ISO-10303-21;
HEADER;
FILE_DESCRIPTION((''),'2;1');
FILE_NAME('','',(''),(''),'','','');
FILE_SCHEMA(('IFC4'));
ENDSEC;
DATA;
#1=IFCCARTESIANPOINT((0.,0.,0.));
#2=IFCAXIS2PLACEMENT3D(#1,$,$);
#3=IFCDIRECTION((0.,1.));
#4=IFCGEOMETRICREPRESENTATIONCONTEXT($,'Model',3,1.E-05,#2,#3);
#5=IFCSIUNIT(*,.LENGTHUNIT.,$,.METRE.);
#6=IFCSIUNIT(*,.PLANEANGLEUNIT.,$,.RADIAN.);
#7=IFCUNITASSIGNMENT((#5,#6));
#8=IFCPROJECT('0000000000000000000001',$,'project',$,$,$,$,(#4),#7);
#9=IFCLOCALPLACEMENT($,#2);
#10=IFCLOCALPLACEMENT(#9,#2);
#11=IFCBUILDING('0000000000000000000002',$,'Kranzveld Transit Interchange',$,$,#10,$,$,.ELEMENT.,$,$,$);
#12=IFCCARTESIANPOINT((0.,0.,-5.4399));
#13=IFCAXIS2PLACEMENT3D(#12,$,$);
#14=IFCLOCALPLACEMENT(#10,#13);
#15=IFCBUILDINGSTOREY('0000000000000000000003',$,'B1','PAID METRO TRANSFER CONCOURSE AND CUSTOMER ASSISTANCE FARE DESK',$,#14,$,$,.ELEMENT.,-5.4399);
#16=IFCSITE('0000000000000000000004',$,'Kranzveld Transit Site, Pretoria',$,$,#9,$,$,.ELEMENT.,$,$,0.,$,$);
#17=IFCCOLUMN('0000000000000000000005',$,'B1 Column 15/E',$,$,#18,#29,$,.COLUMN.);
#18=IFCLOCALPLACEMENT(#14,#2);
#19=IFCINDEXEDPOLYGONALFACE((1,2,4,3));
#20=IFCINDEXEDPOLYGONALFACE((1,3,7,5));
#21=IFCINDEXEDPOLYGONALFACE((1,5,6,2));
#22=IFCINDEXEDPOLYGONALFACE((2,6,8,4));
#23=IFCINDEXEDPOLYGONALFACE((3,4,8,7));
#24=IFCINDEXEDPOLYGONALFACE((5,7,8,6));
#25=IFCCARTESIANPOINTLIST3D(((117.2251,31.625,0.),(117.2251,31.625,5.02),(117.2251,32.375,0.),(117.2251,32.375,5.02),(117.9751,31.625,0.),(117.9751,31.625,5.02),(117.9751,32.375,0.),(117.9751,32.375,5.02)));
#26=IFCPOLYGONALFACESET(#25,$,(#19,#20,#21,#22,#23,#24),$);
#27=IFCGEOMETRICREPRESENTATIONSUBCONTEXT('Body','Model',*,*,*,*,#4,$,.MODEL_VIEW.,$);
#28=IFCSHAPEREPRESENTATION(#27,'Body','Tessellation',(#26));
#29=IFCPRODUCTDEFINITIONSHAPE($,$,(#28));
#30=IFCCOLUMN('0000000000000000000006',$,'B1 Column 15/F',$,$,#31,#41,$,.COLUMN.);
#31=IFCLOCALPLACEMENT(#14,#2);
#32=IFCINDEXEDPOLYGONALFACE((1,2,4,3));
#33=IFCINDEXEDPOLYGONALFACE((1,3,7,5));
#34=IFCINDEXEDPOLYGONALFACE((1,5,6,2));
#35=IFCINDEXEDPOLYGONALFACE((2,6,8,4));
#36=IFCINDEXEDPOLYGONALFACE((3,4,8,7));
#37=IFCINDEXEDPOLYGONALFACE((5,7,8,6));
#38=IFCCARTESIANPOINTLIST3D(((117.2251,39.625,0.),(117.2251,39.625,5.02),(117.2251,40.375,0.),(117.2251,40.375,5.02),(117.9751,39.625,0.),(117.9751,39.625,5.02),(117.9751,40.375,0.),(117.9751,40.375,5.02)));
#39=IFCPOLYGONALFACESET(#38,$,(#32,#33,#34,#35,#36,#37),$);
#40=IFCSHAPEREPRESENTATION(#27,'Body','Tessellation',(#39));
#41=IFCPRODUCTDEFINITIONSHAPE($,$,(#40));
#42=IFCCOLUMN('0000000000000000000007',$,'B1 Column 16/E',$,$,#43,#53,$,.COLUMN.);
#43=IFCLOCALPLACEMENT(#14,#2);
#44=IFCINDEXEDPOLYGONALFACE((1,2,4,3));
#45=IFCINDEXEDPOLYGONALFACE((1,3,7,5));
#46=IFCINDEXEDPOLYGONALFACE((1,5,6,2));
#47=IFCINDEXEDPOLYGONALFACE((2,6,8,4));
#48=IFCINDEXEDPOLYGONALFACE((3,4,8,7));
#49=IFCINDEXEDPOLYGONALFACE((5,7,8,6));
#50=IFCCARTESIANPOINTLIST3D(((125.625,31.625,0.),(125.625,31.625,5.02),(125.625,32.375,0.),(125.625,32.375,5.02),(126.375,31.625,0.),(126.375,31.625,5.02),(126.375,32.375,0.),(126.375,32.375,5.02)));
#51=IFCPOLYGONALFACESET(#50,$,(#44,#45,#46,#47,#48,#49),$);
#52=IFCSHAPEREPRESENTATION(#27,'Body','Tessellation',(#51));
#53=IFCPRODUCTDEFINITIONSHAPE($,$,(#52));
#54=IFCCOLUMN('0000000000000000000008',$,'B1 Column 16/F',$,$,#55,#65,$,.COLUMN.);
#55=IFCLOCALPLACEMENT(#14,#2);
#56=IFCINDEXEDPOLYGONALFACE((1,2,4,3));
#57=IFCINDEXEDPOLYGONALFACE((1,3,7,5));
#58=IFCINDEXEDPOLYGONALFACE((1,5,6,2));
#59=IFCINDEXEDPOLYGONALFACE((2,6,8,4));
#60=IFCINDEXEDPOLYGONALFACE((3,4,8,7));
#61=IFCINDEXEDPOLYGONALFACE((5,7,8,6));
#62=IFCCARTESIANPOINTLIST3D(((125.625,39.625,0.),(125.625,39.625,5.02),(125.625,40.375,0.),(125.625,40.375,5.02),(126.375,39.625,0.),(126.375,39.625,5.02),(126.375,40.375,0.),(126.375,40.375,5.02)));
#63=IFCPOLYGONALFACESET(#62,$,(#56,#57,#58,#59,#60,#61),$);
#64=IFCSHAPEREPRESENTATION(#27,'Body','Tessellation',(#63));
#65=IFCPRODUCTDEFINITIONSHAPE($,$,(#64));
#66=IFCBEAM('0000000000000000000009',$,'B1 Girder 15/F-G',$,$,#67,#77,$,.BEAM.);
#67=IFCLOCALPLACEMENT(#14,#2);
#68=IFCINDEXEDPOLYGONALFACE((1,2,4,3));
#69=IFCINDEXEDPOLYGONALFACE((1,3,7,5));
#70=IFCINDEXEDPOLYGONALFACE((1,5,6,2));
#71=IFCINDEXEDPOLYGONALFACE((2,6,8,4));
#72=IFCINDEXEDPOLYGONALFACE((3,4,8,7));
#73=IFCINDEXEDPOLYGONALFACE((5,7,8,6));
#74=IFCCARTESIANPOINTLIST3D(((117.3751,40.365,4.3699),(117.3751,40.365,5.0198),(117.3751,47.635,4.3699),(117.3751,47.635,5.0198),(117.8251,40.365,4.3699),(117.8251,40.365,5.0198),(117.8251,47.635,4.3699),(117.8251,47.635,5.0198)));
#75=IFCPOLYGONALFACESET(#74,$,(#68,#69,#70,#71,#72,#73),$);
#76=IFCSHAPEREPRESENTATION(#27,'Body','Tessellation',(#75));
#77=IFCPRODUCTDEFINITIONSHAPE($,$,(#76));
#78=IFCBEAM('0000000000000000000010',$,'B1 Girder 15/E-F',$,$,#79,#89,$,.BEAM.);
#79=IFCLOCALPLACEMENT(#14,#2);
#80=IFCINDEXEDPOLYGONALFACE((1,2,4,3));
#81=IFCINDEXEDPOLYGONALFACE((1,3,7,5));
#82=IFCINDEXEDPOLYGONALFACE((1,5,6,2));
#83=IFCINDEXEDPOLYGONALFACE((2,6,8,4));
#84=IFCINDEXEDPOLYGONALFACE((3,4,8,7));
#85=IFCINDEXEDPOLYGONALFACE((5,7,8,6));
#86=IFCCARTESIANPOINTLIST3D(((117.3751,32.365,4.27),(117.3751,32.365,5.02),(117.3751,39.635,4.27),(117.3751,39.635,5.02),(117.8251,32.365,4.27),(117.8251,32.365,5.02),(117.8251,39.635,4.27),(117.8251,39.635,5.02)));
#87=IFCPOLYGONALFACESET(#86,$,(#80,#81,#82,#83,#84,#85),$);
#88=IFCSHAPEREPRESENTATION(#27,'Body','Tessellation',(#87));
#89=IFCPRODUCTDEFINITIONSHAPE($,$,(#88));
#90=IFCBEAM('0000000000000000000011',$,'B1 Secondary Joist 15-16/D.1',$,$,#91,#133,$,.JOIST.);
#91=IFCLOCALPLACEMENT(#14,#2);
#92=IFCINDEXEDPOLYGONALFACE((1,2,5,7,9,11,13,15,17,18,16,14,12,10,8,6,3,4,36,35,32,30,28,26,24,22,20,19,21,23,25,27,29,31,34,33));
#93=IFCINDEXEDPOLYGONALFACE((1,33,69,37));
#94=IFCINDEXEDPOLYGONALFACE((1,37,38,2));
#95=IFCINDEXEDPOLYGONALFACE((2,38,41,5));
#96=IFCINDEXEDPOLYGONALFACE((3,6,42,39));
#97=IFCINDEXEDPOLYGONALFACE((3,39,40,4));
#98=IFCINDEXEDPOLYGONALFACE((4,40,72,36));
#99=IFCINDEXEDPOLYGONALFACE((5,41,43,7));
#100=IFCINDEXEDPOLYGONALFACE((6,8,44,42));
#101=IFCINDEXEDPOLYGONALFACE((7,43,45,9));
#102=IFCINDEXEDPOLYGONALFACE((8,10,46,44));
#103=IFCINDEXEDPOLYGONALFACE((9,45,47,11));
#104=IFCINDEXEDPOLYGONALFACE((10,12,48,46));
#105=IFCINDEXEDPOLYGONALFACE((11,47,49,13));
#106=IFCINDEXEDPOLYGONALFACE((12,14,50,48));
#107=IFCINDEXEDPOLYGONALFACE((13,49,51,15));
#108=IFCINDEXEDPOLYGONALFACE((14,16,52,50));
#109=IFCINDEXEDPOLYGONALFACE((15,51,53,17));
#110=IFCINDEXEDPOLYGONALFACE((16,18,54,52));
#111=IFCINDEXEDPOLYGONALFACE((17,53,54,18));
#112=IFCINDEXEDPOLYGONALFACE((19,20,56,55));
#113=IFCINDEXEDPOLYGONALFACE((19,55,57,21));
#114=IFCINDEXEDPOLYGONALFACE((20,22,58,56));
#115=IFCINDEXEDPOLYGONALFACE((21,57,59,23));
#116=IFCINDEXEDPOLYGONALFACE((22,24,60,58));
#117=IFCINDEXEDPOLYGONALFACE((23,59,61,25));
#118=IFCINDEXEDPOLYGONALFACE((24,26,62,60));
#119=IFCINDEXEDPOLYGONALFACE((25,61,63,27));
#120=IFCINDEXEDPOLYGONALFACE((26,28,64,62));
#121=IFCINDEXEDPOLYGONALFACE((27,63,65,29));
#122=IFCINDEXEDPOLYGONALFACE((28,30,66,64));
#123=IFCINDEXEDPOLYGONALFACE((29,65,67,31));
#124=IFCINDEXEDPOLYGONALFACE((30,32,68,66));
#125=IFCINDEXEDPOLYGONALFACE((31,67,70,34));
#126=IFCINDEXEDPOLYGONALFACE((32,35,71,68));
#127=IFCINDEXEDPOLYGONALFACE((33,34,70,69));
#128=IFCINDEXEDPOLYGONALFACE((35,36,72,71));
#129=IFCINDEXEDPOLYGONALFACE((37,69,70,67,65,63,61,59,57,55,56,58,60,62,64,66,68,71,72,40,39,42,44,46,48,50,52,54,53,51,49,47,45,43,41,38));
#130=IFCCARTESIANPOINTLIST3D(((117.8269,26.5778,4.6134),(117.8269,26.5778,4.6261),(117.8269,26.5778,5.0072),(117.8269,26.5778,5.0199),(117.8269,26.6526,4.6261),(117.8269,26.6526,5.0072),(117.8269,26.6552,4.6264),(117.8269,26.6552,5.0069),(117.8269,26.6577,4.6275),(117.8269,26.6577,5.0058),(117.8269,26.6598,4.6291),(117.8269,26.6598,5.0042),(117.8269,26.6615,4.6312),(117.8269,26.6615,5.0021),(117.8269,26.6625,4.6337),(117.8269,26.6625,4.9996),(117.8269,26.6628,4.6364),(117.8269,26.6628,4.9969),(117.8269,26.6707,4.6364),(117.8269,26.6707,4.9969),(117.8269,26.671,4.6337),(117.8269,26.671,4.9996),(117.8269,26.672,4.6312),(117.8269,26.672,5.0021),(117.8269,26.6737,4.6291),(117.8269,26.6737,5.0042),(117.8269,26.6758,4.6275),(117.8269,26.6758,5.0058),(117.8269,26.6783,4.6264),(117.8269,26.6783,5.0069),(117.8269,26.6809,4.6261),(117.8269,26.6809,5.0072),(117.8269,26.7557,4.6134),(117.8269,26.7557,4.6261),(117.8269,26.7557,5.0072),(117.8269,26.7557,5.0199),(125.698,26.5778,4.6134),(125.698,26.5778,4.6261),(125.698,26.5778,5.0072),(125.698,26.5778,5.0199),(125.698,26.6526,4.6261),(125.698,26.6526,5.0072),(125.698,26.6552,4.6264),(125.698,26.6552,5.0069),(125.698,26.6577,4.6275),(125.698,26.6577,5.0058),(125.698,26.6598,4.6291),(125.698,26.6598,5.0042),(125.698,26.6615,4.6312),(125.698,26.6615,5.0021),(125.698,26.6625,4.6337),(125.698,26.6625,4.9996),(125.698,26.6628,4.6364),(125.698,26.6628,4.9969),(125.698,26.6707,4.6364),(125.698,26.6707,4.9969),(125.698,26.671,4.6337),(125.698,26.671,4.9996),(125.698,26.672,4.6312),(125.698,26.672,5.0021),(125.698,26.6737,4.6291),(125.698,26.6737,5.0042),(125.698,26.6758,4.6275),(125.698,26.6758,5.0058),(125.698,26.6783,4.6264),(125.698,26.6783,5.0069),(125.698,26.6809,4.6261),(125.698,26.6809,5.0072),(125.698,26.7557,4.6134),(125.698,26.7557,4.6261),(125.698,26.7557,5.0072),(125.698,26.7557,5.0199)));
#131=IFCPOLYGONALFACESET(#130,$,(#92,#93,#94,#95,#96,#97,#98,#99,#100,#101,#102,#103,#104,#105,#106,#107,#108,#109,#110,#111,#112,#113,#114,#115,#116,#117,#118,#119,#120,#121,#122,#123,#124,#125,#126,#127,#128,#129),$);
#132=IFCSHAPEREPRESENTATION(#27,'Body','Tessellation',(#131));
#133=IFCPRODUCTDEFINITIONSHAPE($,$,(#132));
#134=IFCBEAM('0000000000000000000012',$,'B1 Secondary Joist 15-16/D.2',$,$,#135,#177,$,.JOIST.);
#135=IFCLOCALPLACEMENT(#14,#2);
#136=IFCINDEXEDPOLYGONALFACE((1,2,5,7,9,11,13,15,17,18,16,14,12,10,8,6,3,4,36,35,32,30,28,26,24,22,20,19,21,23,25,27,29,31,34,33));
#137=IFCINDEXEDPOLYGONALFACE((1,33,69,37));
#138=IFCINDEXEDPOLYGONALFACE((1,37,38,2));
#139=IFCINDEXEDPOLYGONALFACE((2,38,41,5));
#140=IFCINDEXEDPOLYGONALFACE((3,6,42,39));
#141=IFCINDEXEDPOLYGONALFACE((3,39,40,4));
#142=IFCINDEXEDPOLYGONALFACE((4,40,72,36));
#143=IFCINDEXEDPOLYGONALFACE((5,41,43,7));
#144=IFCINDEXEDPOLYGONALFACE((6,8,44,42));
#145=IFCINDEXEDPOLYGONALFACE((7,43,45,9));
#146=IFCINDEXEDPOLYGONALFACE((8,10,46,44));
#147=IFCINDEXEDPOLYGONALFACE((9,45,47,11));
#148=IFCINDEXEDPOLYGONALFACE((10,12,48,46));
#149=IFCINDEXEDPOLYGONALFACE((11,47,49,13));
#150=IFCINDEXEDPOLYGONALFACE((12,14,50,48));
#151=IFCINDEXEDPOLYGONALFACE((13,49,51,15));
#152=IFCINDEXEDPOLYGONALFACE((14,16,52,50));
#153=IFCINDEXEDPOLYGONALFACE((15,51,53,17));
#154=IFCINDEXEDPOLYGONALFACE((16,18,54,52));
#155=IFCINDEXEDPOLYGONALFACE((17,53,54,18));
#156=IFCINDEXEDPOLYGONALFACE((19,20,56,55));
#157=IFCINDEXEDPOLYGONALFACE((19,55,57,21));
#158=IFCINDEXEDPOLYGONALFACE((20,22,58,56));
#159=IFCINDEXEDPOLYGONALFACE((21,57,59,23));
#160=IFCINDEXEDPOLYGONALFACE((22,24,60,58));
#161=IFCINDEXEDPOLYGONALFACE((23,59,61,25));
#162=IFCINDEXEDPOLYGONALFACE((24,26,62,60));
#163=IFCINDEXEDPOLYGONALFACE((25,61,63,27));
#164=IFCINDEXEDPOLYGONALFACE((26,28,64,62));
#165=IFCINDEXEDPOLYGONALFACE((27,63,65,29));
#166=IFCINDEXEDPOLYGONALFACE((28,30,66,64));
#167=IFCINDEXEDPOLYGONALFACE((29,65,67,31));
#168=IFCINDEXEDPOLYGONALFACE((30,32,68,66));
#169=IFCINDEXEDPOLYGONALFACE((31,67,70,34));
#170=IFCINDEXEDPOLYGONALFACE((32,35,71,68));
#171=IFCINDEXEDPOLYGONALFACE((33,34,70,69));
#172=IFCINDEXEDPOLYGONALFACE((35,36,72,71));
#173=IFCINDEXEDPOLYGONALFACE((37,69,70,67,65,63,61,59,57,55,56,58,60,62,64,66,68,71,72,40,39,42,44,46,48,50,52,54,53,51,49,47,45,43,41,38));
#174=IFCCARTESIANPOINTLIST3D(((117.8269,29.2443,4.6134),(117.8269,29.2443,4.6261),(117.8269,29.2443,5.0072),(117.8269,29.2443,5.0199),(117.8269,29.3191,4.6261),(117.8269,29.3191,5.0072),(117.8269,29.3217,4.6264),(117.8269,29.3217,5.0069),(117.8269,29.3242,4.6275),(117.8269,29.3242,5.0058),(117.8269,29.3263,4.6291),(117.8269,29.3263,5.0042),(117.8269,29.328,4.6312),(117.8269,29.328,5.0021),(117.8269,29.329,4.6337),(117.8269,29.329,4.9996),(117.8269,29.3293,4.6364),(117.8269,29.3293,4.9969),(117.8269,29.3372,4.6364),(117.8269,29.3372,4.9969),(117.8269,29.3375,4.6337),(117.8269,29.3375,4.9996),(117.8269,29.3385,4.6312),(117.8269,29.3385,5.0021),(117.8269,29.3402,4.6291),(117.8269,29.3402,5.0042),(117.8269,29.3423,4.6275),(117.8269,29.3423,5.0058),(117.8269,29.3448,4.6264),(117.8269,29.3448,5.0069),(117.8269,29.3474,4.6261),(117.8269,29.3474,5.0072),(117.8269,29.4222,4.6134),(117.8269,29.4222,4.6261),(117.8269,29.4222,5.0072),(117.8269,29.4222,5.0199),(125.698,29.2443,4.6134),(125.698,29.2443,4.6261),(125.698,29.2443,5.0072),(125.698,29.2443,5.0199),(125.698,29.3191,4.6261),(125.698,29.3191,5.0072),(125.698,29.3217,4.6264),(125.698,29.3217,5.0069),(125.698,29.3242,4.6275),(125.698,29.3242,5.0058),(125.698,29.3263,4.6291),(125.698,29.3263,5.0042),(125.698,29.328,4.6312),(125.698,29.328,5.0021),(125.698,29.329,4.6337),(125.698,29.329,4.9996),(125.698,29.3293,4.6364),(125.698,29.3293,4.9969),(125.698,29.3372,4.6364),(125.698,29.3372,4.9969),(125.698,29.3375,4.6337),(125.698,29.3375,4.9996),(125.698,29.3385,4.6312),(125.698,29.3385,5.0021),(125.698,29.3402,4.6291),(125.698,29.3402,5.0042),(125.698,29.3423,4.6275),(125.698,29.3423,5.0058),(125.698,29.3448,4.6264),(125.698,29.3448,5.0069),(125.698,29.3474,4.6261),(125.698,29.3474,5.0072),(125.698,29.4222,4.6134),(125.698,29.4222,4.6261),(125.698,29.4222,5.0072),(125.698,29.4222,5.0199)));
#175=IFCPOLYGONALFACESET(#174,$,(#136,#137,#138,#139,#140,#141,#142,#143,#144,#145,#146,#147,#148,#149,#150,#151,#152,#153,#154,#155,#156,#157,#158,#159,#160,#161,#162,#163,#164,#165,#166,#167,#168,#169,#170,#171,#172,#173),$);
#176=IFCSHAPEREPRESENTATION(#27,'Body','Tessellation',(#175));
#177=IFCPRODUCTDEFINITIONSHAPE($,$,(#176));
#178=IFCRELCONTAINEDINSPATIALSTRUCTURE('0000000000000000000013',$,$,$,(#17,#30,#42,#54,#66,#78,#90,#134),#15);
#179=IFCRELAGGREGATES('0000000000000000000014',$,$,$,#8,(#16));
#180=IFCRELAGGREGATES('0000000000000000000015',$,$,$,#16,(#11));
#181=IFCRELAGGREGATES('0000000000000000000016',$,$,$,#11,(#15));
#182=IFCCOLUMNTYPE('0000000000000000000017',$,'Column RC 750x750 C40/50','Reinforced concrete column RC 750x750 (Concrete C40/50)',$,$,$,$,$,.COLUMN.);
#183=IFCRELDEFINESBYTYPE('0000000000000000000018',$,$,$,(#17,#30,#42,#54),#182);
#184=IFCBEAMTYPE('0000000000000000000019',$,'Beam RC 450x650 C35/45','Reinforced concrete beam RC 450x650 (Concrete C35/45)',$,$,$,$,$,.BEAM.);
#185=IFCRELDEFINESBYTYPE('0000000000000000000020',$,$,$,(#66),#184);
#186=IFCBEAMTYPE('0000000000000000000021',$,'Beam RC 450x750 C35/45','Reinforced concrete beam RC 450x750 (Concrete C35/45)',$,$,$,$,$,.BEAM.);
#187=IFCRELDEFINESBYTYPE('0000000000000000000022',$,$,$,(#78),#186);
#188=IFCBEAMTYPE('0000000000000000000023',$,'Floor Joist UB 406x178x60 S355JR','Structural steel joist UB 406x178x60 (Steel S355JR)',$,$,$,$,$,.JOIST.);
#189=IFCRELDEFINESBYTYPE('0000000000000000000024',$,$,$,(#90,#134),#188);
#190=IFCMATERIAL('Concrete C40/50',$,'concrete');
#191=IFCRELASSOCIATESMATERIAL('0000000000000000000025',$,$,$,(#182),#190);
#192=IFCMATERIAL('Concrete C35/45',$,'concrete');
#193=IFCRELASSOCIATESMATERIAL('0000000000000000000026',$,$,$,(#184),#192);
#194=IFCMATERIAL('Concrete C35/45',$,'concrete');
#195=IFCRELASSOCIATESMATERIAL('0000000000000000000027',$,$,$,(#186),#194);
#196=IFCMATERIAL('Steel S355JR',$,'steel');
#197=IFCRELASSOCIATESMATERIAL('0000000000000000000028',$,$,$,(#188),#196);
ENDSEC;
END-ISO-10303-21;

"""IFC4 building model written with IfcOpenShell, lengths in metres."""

from ifc_helpers import new_model, si_unit, direction, frame, origin, origin_2d, place, context, subcontext, project, spatial, rectangle, i_section, extrude, material, material_profile, profile_set, type_object, element, save


model = new_model("IFC4")

# Units and contexts
model_context = context("Model", 3, precision=1e-05, world=origin(), true_north=direction((0.0, 1.0)))
body_context = subcontext(model_context, "Body", "Model", "MODEL_VIEW")
ifc_project = project(units=[si_unit("LENGTHUNIT", "METRE"), si_unit("PLANEANGLEUNIT", "RADIAN")], contexts=[model_context])

# Site, building, storey
site_placement = place(None, origin())
site = spatial("IfcSite", under=ifc_project, at=site_placement, Name="Kranzveld Transit Site, Pretoria", CompositionType="ELEMENT", RefElevation=0.0)
building_placement = place(site_placement, origin())
building = spatial("IfcBuilding", under=site, at=building_placement, Name="Kranzveld Transit Interchange", CompositionType="ELEMENT")
storey_placement = place(building_placement, frame((0.0, 0.0, -5.4399)))
storey = spatial("IfcBuildingStorey", under=building, at=storey_placement, Name="B1", Description="PAID METRO TRANSFER CONCOURSE AND CUSTOMER ASSISTANCE FARE DESK", CompositionType="ELEMENT", Elevation=-5.4399)

# Columns
ifc_material_1 = material(Name="Concrete C40/50", Category="concrete")
ifc_material_profile_1 = material_profile(ifc_material_1, rectangle(XDim=0.75, YDim=0.75, at=origin_2d()), Name="RC 750x750")
ifc_profile_set_1 = profile_set([ifc_material_profile_1], Name="Concrete C40/50")
column_type = type_object("IfcColumnType", Name="Column RC 750x750 C40/50", Description="Reinforced concrete column RC 750x750 (Concrete C40/50)", PredefinedType="COLUMN", material=ifc_profile_set_1)
for number, where, z_axis, x_axis, name in (
    (1, (117.6001, 32.0, 0.0), (0.0, 0.0, 1.0), (1.0, 0.0, 0.0), "B1 Column 15/E"),
    (2, (117.6001, 40.0, 0.0), (0.0, 0.0, 1.0), (1.0, 0.0, 0.0), "B1 Column 15/F"),
    (3, (126.0, 32.0, 0.0), (0.0, 0.0, 1.0), (1.0, 0.0, 0.0), "B1 Column 16/E"),
    (4, (126.0, 40.0, 0.0), (0.0, 0.0, 1.0), (1.0, 0.0, 0.0), "B1 Column 16/F"),
):
    element("IfcColumn", number, at=place(storey_placement, frame(where, z_axis=z_axis, x_axis=x_axis)), inside=storey, type_object=column_type, Name=name, PredefinedType="COLUMN", context=body_context, shape_type="SweptSolid", body=[
        extrude(rectangle(XDim=0.75, YDim=0.75, at=origin_2d()), origin(), (0.0, 0.0, 1.0), 5.02),
    ])

# Beams
ifc_material_2 = material(Name="Concrete C35/45", Category="concrete")
ifc_material_profile_2 = material_profile(ifc_material_2, rectangle(XDim=0.45, YDim=0.6499, at=origin_2d()), Name="RC 450x650")
ifc_profile_set_2 = profile_set([ifc_material_profile_2], Name="Concrete C35/45")
beam_type_1 = type_object("IfcBeamType", Name="Beam RC 450x650 C35/45", Description="Reinforced concrete beam RC 450x650 (Concrete C35/45)", PredefinedType="BEAM", material=ifc_profile_set_2)
beam_1_placement = place(storey_placement, frame((117.6001, 40.365, 4.6948), z_axis=(0.0, 1.0, 0.0), x_axis=(-1.0, 0.0, 0.0)))
element("IfcBeam", 5, at=beam_1_placement, inside=storey, type_object=beam_type_1, Name="B1 Girder 15/F-G", PredefinedType="BEAM", context=body_context, shape_type="SweptSolid", body=[
    extrude(rectangle(XDim=0.45, YDim=0.6499, at=origin_2d()), origin(), (0.0, 0.0, 1.0), 7.27),
])
ifc_material_3 = material(Name="Concrete C35/45", Category="concrete")
ifc_material_profile_3 = material_profile(ifc_material_3, rectangle(XDim=0.45, YDim=0.75, at=origin_2d()), Name="RC 450x750")
ifc_profile_set_3 = profile_set([ifc_material_profile_3], Name="Concrete C35/45")
beam_type_2 = type_object("IfcBeamType", Name="Beam RC 450x750 C35/45", Description="Reinforced concrete beam RC 450x750 (Concrete C35/45)", PredefinedType="BEAM", material=ifc_profile_set_3)
beam_2_placement = place(storey_placement, frame((117.6001, 32.365, 4.645), z_axis=(0.0, 1.0, 0.0), x_axis=(-1.0, 0.0, 0.0)))
element("IfcBeam", 6, at=beam_2_placement, inside=storey, type_object=beam_type_2, Name="B1 Girder 15/E-F", PredefinedType="BEAM", context=body_context, shape_type="SweptSolid", body=[
    extrude(rectangle(XDim=0.45, YDim=0.75, at=origin_2d()), origin(), (0.0, 0.0, 1.0), 7.27),
])
ifc_material_4 = material(Name="Steel S355JR", Category="steel")
ifc_material_profile_4 = material_profile(ifc_material_4, i_section(OverallWidth=0.178, OverallDepth=0.4065, WebThickness=0.0078, FlangeThickness=0.0127, FilletRadius=0.0103, at=origin_2d()), Name="UB 406x178x60")
ifc_profile_set_4 = profile_set([ifc_material_profile_4], Name="Steel S355JR")
beam_type_3 = type_object("IfcBeamType", Name="Floor Joist UB 406x178x60 S355JR", Description="Structural steel joist UB 406x178x60 (Steel S355JR)", PredefinedType="JOIST", material=ifc_profile_set_4)
for number, where, z_axis, x_axis, name in (
    (7, (117.8269, 26.6667, 4.8167), (1.0, 0.0, 0.0), (0.0, 1.0, 0.0), "B1 Secondary Joist 15-16/D.1"),
    (8, (117.8269, 29.3333, 4.8167), (1.0, 0.0, 0.0), (0.0, 1.0, 0.0), "B1 Secondary Joist 15-16/D.2"),
):
    element("IfcBeam", number, at=place(storey_placement, frame(where, z_axis=z_axis, x_axis=x_axis)), inside=storey, type_object=beam_type_3, Name=name, PredefinedType="JOIST", context=body_context, shape_type="SweptSolid", body=[
        extrude(i_section(OverallWidth=0.178, OverallDepth=0.4065, WebThickness=0.0078, FlangeThickness=0.0127, FilletRadius=0.0103, at=origin_2d()), origin(), (0.0, 0.0, 1.0), 7.8711),
    ])

save(model, "model.ifc")
